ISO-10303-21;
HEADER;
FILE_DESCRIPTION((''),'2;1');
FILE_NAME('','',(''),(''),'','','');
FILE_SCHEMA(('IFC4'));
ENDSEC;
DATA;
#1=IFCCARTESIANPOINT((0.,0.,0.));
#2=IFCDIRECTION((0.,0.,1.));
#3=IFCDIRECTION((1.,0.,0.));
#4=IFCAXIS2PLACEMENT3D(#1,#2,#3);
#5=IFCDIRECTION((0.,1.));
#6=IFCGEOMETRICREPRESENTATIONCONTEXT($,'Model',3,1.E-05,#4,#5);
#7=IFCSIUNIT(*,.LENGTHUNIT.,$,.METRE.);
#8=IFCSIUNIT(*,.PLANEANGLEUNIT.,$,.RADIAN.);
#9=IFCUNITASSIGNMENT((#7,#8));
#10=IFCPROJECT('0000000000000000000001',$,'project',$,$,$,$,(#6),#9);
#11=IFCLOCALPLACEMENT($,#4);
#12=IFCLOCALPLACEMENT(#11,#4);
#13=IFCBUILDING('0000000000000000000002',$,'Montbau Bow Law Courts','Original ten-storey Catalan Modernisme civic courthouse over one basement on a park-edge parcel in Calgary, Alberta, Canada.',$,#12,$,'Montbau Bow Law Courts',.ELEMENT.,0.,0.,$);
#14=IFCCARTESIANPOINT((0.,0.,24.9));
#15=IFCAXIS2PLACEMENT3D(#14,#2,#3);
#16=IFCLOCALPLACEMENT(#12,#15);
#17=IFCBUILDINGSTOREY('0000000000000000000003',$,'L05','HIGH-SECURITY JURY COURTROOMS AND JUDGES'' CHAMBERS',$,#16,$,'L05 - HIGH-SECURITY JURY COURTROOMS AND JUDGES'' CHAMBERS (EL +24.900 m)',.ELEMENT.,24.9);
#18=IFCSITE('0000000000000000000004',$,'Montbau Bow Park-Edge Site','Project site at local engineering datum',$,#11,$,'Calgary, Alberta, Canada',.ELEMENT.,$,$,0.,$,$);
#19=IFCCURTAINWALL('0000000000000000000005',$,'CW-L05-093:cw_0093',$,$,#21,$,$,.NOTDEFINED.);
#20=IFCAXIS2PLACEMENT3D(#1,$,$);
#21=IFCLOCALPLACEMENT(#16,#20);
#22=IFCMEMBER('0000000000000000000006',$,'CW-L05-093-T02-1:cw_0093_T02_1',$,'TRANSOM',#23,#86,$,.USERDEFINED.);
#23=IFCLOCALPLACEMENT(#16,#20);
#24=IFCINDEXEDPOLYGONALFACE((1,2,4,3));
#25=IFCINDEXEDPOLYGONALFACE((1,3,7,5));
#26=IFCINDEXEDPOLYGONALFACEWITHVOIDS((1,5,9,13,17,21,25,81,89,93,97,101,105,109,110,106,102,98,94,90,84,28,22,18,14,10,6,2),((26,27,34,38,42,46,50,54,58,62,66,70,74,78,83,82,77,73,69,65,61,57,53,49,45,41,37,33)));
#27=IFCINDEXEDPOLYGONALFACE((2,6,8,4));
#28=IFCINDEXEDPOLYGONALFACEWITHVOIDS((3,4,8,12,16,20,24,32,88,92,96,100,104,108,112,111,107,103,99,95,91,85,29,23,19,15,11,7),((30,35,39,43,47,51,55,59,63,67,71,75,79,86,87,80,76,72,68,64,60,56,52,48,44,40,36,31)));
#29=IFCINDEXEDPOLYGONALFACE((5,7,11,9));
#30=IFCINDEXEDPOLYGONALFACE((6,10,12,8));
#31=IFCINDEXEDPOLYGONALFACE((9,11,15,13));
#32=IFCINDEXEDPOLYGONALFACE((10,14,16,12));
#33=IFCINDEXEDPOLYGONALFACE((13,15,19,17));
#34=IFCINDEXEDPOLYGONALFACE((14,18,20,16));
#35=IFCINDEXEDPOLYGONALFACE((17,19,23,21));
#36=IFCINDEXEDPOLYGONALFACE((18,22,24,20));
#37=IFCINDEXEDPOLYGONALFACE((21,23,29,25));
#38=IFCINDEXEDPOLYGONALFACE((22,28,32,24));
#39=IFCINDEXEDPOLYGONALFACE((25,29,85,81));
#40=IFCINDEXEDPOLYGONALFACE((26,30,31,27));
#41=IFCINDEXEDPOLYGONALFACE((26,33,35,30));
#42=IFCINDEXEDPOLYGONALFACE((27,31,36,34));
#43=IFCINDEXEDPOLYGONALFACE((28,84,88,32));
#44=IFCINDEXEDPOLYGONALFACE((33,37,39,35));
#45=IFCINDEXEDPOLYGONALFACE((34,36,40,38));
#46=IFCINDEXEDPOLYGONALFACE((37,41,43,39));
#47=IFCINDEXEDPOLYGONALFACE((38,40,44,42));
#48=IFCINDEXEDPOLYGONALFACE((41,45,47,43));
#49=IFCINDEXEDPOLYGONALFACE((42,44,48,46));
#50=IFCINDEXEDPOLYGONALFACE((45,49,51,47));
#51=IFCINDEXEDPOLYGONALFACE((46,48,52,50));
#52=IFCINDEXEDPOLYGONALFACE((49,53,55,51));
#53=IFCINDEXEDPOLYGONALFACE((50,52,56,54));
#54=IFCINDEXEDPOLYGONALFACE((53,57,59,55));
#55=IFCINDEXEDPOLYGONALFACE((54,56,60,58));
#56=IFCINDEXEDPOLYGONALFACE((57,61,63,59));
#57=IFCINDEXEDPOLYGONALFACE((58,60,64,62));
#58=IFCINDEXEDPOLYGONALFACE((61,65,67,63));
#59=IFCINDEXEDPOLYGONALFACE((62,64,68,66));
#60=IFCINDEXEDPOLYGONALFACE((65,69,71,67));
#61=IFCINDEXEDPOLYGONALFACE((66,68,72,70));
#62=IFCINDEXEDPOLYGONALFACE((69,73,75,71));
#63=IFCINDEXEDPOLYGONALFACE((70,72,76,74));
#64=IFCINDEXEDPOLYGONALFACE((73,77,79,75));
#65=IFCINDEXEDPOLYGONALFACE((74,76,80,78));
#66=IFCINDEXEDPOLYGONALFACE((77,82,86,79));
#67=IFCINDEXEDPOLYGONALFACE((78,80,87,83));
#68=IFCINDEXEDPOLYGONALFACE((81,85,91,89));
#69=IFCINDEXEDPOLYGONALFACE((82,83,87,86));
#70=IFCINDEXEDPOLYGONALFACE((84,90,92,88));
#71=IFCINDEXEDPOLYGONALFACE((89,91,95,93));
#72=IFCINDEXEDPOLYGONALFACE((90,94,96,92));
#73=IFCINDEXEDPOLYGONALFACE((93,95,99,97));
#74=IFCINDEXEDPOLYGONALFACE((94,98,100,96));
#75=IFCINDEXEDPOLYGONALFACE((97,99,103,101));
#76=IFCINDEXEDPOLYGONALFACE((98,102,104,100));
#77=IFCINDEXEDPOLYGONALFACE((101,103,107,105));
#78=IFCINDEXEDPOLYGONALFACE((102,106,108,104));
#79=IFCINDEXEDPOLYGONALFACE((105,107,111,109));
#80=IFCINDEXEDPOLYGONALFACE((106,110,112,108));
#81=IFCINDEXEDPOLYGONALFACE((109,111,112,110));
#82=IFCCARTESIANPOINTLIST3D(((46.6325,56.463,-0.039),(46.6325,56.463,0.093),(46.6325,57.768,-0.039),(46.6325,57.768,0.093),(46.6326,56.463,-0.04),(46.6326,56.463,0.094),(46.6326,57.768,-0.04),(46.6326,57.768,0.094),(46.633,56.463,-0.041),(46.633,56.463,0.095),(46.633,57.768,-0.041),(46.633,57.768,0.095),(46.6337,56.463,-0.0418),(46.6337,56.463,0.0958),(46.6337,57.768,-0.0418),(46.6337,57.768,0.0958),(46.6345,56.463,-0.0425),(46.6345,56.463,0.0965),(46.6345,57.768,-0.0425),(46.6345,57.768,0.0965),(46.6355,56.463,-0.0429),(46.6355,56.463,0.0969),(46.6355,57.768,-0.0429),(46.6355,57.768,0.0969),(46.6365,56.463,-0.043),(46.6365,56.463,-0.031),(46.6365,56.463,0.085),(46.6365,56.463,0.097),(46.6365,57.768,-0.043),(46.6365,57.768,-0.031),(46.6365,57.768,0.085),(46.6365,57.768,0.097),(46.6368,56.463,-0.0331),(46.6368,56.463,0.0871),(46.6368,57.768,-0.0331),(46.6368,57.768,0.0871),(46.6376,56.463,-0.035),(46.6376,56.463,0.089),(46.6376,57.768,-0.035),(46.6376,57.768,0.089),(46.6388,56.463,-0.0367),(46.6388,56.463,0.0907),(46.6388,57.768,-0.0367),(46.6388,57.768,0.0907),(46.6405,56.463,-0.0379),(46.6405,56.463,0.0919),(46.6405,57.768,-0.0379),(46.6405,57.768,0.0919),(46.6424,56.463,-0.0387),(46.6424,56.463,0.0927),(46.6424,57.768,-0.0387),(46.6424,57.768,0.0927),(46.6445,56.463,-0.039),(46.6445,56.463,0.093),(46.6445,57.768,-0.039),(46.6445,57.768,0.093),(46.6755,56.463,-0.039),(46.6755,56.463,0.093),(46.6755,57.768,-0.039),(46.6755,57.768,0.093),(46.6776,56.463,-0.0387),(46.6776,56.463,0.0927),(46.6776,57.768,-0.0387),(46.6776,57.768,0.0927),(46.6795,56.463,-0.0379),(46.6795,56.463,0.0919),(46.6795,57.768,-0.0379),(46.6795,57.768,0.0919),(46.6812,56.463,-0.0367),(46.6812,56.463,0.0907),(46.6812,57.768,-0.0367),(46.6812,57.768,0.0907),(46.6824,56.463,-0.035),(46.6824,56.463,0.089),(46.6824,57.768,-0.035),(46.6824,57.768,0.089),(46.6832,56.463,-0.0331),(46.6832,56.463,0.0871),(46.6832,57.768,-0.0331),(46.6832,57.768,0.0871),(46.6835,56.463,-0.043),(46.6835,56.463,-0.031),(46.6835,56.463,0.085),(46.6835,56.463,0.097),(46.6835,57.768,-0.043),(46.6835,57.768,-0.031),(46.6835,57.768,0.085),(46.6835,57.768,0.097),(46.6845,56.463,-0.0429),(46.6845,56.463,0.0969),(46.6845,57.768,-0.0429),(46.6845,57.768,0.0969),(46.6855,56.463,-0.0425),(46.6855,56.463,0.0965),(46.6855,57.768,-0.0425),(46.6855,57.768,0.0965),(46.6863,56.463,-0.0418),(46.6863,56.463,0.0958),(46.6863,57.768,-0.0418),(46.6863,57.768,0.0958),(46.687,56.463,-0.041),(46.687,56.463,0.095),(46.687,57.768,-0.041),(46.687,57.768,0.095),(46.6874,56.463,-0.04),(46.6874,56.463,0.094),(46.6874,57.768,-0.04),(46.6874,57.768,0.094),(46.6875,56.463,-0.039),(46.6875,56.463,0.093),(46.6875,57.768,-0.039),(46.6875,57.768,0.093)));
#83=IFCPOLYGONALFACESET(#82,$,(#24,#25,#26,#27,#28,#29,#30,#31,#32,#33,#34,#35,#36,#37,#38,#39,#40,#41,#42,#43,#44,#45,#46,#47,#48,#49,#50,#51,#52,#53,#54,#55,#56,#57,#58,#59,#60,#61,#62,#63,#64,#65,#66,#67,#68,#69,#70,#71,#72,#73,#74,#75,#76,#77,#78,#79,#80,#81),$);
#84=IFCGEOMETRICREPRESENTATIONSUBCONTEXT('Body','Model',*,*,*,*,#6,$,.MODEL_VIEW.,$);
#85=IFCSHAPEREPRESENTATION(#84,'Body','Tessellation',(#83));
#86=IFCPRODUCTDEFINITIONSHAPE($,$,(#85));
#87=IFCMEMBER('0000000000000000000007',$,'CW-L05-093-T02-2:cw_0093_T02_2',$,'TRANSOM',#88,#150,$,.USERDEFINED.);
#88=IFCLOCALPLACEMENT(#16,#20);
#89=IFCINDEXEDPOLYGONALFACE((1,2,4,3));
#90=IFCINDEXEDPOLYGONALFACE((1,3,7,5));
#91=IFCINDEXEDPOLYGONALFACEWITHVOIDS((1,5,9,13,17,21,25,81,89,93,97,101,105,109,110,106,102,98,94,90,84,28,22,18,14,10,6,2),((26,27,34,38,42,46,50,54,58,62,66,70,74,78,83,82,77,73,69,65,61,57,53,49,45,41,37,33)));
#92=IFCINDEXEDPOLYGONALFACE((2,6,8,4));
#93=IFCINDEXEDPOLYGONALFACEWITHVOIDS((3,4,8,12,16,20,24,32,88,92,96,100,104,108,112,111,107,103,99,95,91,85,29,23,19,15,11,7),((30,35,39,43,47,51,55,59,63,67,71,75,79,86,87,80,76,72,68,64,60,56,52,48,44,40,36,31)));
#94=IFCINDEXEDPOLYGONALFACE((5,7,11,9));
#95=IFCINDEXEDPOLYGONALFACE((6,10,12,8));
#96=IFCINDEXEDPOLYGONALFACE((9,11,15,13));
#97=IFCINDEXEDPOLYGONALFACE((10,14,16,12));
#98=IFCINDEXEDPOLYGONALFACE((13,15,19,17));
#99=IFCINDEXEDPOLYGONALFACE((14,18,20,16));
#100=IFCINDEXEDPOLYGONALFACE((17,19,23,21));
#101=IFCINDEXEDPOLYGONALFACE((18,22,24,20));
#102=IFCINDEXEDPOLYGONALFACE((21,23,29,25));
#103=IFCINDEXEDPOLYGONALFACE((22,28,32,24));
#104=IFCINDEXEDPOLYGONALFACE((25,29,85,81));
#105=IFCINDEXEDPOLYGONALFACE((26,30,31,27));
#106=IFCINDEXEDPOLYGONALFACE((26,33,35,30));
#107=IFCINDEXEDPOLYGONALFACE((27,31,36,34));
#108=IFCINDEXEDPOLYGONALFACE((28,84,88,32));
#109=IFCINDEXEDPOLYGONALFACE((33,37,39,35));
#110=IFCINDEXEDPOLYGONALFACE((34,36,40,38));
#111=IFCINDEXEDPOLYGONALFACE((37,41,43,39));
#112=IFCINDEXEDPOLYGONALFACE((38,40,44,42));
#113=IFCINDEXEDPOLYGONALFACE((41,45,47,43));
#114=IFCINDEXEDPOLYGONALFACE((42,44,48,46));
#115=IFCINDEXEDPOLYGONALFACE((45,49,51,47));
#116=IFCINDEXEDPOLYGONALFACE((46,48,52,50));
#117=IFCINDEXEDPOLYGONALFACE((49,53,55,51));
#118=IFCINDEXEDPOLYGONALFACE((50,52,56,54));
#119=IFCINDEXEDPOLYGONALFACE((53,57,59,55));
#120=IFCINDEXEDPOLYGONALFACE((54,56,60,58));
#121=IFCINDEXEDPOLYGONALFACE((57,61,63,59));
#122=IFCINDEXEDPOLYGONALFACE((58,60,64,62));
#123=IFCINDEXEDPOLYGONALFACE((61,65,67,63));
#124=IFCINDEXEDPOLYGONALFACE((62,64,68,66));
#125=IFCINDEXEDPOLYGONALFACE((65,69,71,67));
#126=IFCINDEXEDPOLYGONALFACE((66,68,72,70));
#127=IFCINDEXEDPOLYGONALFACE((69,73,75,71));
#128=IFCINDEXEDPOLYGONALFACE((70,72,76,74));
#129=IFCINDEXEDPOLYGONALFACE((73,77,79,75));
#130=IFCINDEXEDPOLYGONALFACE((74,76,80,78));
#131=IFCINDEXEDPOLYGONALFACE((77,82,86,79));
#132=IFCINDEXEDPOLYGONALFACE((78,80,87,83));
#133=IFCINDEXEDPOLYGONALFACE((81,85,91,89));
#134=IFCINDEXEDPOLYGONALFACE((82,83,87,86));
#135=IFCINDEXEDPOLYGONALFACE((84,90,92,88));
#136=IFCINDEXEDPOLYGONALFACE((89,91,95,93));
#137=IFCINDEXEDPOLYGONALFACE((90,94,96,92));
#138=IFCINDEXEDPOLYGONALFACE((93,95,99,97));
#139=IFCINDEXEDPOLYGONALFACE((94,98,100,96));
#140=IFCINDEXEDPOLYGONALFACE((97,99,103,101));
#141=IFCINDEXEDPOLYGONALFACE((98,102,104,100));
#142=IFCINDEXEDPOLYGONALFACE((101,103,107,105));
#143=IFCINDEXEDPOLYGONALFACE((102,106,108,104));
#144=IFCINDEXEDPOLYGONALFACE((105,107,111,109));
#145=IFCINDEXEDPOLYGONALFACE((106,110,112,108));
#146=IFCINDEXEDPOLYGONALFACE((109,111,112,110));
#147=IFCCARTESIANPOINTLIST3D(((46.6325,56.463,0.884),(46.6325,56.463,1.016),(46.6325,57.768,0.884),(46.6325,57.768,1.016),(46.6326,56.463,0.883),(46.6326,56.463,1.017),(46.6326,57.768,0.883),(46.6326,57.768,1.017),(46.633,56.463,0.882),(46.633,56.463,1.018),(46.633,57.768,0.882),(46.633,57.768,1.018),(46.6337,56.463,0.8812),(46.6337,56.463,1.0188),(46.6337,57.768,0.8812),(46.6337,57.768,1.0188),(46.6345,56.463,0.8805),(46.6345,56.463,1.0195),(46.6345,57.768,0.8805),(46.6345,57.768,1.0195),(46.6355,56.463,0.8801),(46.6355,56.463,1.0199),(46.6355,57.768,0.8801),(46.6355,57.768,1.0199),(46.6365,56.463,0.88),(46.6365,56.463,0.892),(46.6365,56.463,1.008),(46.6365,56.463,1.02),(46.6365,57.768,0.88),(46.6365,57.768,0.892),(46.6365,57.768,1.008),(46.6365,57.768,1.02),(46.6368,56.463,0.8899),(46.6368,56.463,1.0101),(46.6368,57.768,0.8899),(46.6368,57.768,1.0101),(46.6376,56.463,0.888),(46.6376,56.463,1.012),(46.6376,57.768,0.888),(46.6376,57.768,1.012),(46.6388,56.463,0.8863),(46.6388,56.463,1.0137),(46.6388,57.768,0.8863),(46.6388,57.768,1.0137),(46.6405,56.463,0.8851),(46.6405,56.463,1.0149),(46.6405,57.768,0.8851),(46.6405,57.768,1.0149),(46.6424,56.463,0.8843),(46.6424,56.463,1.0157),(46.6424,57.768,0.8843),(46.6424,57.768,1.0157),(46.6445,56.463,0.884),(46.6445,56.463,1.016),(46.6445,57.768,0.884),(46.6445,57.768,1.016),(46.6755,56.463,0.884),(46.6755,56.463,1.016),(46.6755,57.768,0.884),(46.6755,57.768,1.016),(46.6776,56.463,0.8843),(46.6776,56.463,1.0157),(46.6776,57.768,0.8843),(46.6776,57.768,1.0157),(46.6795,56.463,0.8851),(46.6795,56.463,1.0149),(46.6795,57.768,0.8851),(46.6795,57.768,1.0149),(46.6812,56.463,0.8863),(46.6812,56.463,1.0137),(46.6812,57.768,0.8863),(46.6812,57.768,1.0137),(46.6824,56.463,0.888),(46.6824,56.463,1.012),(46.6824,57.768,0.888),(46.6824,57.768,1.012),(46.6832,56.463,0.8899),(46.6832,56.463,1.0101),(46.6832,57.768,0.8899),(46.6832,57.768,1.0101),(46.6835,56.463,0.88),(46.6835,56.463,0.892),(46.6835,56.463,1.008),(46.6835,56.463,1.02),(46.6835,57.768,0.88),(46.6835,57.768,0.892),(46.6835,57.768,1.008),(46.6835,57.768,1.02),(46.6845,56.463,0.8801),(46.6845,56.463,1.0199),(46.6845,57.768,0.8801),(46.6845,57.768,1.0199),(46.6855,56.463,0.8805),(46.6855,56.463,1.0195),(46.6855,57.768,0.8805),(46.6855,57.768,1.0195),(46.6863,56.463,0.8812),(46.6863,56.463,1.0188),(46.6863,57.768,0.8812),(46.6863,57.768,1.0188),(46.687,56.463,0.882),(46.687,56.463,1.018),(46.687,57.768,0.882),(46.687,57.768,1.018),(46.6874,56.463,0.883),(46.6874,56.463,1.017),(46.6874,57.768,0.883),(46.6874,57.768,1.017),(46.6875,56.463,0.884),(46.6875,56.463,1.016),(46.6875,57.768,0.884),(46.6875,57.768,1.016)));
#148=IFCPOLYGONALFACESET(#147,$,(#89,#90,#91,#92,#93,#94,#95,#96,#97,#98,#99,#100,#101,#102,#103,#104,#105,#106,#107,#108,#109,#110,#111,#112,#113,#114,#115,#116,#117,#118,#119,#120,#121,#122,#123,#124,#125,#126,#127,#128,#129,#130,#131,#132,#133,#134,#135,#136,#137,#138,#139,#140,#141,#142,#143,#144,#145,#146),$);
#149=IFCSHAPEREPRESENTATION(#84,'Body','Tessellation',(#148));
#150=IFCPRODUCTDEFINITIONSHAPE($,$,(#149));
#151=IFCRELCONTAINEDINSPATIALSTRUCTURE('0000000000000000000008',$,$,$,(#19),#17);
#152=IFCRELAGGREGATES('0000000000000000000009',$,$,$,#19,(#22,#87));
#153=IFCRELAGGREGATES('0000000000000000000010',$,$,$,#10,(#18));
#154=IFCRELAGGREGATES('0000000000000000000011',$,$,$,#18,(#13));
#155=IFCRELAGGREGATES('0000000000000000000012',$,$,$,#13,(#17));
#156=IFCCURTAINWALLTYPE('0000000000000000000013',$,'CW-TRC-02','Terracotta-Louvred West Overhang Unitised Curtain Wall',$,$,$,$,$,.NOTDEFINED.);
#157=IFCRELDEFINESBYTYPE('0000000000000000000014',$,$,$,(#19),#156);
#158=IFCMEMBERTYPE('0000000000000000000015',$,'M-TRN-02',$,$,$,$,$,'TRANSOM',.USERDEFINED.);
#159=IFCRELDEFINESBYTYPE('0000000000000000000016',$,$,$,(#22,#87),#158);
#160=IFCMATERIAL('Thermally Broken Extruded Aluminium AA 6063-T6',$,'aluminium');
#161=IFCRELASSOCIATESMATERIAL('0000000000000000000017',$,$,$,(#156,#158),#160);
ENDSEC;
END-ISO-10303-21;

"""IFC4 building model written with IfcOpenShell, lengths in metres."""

from ifc_helpers import new_model, si_unit, direction, frame, origin_with_axes, origin_2d_with_axis, place, context, subcontext, project, spatial, hollow_rectangle, extrude, material, material_profile, profile_set, type_object, element, aggregate, save


model = new_model("IFC4")

# Units and contexts
model_context = context("Model", 3, precision=1e-05, world=origin_with_axes(), true_north=direction((0.0, 1.0)))
body_context = subcontext(model_context, "Body", "Model", "MODEL_VIEW")
ifc_project = project(units=[si_unit("LENGTHUNIT", "METRE"), si_unit("PLANEANGLEUNIT", "RADIAN")], contexts=[model_context])

# Site, building, storey
site_placement = place(None, origin_with_axes())
site = spatial("IfcSite", under=ifc_project, at=site_placement, Name="Montbau Bow Park-Edge Site", Description="Project site at local engineering datum", LongName="Calgary, Alberta, Canada", CompositionType="ELEMENT", RefElevation=0.0)
building_placement = place(site_placement, origin_with_axes())
building = spatial("IfcBuilding", under=site, at=building_placement, Name="Montbau Bow Law Courts", Description="Original ten-storey Catalan Modernisme civic courthouse over one basement on a park-edge parcel in Calgary, Alberta, Canada.", LongName="Montbau Bow Law Courts", CompositionType="ELEMENT", ElevationOfRefHeight=0.0, ElevationOfTerrain=0.0)
storey_placement = place(building_placement, frame((0.0, 0.0, 24.9), z_axis=(0.0, 0.0, 1.0), x_axis=(1.0, 0.0, 0.0)))
storey = spatial("IfcBuildingStorey", under=building, at=storey_placement, Name="L05", Description="HIGH-SECURITY JURY COURTROOMS AND JUDGES' CHAMBERS", LongName="L05 - HIGH-SECURITY JURY COURTROOMS AND JUDGES' CHAMBERS (EL +24.900 m)", CompositionType="ELEMENT", Elevation=24.9)

# Curtain wall, members
ifc_material_1 = material(Name="Thermally Broken Extruded Aluminium AA 6063-T6", Category="aluminium")
curtain_wall_type = type_object("IfcCurtainWallType", Name="CW-TRC-02", Description="Terracotta-Louvred West Overhang Unitised Curtain Wall", PredefinedType="NOTDEFINED", material=ifc_material_1)
curtain_wall_placement = place(None, frame((46.66, 55.04, 24.9), z_axis=(0.0, 0.0, 1.0), x_axis=(1.0, 0.0, 0.0)))
curtain_wall = element("IfcCurtainWall", 1, at=curtain_wall_placement, inside=storey, type_object=curtain_wall_type, Name="CW-L05-093:cw_0093", PredefinedType="NOTDEFINED")
ifc_material_profile_1 = material_profile(ifc_material_1, hollow_rectangle(XDim=0.055, YDim=0.14, WallThickness=0.004, InnerFilletRadius=0.008, OuterFilletRadius=0.004, at=origin_2d_with_axis()), Name="CWT-140X55", Category="Main", Priority=0)
ifc_profile_set_1 = profile_set([ifc_material_profile_1], Name="Thermally Broken Extruded Aluminium AA 6063-T6")
member_type_1 = type_object("IfcMemberType", Name="M-TRN-02", ElementType="TRANSOM", PredefinedType="USERDEFINED", material=ifc_profile_set_1)
member_1_placement = place(None, frame((46.66, 56.463, 24.927), z_axis=(0.0, 1.0, 0.0), x_axis=(-1.0, 0.0, 0.0)))
member_1 = element("IfcMember", 2, at=member_1_placement, type_object=member_type_1, Name="CW-L05-093-T02-1:cw_0093_T02_1", ObjectType="TRANSOM", PredefinedType="USERDEFINED", context=body_context, shape_type="SweptSolid", body=[
    extrude(hollow_rectangle(XDim=0.055, YDim=0.14, WallThickness=0.004, InnerFilletRadius=0.008, OuterFilletRadius=0.004, at=origin_2d_with_axis()), origin_with_axes(), (0.0, 0.0, 1.0), 1.305),
])
member_2_placement = place(None, frame((46.66, 56.463, 25.85), z_axis=(0.0, 1.0, 0.0), x_axis=(-1.0, 0.0, 0.0)))
member_2 = element("IfcMember", 3, at=member_2_placement, type_object=member_type_1, Name="CW-L05-093-T02-2:cw_0093_T02_2", ObjectType="TRANSOM", PredefinedType="USERDEFINED", context=body_context, shape_type="SweptSolid", body=[
    extrude(hollow_rectangle(XDim=0.055, YDim=0.14, WallThickness=0.004, InnerFilletRadius=0.008, OuterFilletRadius=0.004, at=origin_2d_with_axis()), origin_with_axes(), (0.0, 0.0, 1.0), 1.305),
])
aggregate(curtain_wall, [member_1, member_2])

save(model, "model.ifc")
